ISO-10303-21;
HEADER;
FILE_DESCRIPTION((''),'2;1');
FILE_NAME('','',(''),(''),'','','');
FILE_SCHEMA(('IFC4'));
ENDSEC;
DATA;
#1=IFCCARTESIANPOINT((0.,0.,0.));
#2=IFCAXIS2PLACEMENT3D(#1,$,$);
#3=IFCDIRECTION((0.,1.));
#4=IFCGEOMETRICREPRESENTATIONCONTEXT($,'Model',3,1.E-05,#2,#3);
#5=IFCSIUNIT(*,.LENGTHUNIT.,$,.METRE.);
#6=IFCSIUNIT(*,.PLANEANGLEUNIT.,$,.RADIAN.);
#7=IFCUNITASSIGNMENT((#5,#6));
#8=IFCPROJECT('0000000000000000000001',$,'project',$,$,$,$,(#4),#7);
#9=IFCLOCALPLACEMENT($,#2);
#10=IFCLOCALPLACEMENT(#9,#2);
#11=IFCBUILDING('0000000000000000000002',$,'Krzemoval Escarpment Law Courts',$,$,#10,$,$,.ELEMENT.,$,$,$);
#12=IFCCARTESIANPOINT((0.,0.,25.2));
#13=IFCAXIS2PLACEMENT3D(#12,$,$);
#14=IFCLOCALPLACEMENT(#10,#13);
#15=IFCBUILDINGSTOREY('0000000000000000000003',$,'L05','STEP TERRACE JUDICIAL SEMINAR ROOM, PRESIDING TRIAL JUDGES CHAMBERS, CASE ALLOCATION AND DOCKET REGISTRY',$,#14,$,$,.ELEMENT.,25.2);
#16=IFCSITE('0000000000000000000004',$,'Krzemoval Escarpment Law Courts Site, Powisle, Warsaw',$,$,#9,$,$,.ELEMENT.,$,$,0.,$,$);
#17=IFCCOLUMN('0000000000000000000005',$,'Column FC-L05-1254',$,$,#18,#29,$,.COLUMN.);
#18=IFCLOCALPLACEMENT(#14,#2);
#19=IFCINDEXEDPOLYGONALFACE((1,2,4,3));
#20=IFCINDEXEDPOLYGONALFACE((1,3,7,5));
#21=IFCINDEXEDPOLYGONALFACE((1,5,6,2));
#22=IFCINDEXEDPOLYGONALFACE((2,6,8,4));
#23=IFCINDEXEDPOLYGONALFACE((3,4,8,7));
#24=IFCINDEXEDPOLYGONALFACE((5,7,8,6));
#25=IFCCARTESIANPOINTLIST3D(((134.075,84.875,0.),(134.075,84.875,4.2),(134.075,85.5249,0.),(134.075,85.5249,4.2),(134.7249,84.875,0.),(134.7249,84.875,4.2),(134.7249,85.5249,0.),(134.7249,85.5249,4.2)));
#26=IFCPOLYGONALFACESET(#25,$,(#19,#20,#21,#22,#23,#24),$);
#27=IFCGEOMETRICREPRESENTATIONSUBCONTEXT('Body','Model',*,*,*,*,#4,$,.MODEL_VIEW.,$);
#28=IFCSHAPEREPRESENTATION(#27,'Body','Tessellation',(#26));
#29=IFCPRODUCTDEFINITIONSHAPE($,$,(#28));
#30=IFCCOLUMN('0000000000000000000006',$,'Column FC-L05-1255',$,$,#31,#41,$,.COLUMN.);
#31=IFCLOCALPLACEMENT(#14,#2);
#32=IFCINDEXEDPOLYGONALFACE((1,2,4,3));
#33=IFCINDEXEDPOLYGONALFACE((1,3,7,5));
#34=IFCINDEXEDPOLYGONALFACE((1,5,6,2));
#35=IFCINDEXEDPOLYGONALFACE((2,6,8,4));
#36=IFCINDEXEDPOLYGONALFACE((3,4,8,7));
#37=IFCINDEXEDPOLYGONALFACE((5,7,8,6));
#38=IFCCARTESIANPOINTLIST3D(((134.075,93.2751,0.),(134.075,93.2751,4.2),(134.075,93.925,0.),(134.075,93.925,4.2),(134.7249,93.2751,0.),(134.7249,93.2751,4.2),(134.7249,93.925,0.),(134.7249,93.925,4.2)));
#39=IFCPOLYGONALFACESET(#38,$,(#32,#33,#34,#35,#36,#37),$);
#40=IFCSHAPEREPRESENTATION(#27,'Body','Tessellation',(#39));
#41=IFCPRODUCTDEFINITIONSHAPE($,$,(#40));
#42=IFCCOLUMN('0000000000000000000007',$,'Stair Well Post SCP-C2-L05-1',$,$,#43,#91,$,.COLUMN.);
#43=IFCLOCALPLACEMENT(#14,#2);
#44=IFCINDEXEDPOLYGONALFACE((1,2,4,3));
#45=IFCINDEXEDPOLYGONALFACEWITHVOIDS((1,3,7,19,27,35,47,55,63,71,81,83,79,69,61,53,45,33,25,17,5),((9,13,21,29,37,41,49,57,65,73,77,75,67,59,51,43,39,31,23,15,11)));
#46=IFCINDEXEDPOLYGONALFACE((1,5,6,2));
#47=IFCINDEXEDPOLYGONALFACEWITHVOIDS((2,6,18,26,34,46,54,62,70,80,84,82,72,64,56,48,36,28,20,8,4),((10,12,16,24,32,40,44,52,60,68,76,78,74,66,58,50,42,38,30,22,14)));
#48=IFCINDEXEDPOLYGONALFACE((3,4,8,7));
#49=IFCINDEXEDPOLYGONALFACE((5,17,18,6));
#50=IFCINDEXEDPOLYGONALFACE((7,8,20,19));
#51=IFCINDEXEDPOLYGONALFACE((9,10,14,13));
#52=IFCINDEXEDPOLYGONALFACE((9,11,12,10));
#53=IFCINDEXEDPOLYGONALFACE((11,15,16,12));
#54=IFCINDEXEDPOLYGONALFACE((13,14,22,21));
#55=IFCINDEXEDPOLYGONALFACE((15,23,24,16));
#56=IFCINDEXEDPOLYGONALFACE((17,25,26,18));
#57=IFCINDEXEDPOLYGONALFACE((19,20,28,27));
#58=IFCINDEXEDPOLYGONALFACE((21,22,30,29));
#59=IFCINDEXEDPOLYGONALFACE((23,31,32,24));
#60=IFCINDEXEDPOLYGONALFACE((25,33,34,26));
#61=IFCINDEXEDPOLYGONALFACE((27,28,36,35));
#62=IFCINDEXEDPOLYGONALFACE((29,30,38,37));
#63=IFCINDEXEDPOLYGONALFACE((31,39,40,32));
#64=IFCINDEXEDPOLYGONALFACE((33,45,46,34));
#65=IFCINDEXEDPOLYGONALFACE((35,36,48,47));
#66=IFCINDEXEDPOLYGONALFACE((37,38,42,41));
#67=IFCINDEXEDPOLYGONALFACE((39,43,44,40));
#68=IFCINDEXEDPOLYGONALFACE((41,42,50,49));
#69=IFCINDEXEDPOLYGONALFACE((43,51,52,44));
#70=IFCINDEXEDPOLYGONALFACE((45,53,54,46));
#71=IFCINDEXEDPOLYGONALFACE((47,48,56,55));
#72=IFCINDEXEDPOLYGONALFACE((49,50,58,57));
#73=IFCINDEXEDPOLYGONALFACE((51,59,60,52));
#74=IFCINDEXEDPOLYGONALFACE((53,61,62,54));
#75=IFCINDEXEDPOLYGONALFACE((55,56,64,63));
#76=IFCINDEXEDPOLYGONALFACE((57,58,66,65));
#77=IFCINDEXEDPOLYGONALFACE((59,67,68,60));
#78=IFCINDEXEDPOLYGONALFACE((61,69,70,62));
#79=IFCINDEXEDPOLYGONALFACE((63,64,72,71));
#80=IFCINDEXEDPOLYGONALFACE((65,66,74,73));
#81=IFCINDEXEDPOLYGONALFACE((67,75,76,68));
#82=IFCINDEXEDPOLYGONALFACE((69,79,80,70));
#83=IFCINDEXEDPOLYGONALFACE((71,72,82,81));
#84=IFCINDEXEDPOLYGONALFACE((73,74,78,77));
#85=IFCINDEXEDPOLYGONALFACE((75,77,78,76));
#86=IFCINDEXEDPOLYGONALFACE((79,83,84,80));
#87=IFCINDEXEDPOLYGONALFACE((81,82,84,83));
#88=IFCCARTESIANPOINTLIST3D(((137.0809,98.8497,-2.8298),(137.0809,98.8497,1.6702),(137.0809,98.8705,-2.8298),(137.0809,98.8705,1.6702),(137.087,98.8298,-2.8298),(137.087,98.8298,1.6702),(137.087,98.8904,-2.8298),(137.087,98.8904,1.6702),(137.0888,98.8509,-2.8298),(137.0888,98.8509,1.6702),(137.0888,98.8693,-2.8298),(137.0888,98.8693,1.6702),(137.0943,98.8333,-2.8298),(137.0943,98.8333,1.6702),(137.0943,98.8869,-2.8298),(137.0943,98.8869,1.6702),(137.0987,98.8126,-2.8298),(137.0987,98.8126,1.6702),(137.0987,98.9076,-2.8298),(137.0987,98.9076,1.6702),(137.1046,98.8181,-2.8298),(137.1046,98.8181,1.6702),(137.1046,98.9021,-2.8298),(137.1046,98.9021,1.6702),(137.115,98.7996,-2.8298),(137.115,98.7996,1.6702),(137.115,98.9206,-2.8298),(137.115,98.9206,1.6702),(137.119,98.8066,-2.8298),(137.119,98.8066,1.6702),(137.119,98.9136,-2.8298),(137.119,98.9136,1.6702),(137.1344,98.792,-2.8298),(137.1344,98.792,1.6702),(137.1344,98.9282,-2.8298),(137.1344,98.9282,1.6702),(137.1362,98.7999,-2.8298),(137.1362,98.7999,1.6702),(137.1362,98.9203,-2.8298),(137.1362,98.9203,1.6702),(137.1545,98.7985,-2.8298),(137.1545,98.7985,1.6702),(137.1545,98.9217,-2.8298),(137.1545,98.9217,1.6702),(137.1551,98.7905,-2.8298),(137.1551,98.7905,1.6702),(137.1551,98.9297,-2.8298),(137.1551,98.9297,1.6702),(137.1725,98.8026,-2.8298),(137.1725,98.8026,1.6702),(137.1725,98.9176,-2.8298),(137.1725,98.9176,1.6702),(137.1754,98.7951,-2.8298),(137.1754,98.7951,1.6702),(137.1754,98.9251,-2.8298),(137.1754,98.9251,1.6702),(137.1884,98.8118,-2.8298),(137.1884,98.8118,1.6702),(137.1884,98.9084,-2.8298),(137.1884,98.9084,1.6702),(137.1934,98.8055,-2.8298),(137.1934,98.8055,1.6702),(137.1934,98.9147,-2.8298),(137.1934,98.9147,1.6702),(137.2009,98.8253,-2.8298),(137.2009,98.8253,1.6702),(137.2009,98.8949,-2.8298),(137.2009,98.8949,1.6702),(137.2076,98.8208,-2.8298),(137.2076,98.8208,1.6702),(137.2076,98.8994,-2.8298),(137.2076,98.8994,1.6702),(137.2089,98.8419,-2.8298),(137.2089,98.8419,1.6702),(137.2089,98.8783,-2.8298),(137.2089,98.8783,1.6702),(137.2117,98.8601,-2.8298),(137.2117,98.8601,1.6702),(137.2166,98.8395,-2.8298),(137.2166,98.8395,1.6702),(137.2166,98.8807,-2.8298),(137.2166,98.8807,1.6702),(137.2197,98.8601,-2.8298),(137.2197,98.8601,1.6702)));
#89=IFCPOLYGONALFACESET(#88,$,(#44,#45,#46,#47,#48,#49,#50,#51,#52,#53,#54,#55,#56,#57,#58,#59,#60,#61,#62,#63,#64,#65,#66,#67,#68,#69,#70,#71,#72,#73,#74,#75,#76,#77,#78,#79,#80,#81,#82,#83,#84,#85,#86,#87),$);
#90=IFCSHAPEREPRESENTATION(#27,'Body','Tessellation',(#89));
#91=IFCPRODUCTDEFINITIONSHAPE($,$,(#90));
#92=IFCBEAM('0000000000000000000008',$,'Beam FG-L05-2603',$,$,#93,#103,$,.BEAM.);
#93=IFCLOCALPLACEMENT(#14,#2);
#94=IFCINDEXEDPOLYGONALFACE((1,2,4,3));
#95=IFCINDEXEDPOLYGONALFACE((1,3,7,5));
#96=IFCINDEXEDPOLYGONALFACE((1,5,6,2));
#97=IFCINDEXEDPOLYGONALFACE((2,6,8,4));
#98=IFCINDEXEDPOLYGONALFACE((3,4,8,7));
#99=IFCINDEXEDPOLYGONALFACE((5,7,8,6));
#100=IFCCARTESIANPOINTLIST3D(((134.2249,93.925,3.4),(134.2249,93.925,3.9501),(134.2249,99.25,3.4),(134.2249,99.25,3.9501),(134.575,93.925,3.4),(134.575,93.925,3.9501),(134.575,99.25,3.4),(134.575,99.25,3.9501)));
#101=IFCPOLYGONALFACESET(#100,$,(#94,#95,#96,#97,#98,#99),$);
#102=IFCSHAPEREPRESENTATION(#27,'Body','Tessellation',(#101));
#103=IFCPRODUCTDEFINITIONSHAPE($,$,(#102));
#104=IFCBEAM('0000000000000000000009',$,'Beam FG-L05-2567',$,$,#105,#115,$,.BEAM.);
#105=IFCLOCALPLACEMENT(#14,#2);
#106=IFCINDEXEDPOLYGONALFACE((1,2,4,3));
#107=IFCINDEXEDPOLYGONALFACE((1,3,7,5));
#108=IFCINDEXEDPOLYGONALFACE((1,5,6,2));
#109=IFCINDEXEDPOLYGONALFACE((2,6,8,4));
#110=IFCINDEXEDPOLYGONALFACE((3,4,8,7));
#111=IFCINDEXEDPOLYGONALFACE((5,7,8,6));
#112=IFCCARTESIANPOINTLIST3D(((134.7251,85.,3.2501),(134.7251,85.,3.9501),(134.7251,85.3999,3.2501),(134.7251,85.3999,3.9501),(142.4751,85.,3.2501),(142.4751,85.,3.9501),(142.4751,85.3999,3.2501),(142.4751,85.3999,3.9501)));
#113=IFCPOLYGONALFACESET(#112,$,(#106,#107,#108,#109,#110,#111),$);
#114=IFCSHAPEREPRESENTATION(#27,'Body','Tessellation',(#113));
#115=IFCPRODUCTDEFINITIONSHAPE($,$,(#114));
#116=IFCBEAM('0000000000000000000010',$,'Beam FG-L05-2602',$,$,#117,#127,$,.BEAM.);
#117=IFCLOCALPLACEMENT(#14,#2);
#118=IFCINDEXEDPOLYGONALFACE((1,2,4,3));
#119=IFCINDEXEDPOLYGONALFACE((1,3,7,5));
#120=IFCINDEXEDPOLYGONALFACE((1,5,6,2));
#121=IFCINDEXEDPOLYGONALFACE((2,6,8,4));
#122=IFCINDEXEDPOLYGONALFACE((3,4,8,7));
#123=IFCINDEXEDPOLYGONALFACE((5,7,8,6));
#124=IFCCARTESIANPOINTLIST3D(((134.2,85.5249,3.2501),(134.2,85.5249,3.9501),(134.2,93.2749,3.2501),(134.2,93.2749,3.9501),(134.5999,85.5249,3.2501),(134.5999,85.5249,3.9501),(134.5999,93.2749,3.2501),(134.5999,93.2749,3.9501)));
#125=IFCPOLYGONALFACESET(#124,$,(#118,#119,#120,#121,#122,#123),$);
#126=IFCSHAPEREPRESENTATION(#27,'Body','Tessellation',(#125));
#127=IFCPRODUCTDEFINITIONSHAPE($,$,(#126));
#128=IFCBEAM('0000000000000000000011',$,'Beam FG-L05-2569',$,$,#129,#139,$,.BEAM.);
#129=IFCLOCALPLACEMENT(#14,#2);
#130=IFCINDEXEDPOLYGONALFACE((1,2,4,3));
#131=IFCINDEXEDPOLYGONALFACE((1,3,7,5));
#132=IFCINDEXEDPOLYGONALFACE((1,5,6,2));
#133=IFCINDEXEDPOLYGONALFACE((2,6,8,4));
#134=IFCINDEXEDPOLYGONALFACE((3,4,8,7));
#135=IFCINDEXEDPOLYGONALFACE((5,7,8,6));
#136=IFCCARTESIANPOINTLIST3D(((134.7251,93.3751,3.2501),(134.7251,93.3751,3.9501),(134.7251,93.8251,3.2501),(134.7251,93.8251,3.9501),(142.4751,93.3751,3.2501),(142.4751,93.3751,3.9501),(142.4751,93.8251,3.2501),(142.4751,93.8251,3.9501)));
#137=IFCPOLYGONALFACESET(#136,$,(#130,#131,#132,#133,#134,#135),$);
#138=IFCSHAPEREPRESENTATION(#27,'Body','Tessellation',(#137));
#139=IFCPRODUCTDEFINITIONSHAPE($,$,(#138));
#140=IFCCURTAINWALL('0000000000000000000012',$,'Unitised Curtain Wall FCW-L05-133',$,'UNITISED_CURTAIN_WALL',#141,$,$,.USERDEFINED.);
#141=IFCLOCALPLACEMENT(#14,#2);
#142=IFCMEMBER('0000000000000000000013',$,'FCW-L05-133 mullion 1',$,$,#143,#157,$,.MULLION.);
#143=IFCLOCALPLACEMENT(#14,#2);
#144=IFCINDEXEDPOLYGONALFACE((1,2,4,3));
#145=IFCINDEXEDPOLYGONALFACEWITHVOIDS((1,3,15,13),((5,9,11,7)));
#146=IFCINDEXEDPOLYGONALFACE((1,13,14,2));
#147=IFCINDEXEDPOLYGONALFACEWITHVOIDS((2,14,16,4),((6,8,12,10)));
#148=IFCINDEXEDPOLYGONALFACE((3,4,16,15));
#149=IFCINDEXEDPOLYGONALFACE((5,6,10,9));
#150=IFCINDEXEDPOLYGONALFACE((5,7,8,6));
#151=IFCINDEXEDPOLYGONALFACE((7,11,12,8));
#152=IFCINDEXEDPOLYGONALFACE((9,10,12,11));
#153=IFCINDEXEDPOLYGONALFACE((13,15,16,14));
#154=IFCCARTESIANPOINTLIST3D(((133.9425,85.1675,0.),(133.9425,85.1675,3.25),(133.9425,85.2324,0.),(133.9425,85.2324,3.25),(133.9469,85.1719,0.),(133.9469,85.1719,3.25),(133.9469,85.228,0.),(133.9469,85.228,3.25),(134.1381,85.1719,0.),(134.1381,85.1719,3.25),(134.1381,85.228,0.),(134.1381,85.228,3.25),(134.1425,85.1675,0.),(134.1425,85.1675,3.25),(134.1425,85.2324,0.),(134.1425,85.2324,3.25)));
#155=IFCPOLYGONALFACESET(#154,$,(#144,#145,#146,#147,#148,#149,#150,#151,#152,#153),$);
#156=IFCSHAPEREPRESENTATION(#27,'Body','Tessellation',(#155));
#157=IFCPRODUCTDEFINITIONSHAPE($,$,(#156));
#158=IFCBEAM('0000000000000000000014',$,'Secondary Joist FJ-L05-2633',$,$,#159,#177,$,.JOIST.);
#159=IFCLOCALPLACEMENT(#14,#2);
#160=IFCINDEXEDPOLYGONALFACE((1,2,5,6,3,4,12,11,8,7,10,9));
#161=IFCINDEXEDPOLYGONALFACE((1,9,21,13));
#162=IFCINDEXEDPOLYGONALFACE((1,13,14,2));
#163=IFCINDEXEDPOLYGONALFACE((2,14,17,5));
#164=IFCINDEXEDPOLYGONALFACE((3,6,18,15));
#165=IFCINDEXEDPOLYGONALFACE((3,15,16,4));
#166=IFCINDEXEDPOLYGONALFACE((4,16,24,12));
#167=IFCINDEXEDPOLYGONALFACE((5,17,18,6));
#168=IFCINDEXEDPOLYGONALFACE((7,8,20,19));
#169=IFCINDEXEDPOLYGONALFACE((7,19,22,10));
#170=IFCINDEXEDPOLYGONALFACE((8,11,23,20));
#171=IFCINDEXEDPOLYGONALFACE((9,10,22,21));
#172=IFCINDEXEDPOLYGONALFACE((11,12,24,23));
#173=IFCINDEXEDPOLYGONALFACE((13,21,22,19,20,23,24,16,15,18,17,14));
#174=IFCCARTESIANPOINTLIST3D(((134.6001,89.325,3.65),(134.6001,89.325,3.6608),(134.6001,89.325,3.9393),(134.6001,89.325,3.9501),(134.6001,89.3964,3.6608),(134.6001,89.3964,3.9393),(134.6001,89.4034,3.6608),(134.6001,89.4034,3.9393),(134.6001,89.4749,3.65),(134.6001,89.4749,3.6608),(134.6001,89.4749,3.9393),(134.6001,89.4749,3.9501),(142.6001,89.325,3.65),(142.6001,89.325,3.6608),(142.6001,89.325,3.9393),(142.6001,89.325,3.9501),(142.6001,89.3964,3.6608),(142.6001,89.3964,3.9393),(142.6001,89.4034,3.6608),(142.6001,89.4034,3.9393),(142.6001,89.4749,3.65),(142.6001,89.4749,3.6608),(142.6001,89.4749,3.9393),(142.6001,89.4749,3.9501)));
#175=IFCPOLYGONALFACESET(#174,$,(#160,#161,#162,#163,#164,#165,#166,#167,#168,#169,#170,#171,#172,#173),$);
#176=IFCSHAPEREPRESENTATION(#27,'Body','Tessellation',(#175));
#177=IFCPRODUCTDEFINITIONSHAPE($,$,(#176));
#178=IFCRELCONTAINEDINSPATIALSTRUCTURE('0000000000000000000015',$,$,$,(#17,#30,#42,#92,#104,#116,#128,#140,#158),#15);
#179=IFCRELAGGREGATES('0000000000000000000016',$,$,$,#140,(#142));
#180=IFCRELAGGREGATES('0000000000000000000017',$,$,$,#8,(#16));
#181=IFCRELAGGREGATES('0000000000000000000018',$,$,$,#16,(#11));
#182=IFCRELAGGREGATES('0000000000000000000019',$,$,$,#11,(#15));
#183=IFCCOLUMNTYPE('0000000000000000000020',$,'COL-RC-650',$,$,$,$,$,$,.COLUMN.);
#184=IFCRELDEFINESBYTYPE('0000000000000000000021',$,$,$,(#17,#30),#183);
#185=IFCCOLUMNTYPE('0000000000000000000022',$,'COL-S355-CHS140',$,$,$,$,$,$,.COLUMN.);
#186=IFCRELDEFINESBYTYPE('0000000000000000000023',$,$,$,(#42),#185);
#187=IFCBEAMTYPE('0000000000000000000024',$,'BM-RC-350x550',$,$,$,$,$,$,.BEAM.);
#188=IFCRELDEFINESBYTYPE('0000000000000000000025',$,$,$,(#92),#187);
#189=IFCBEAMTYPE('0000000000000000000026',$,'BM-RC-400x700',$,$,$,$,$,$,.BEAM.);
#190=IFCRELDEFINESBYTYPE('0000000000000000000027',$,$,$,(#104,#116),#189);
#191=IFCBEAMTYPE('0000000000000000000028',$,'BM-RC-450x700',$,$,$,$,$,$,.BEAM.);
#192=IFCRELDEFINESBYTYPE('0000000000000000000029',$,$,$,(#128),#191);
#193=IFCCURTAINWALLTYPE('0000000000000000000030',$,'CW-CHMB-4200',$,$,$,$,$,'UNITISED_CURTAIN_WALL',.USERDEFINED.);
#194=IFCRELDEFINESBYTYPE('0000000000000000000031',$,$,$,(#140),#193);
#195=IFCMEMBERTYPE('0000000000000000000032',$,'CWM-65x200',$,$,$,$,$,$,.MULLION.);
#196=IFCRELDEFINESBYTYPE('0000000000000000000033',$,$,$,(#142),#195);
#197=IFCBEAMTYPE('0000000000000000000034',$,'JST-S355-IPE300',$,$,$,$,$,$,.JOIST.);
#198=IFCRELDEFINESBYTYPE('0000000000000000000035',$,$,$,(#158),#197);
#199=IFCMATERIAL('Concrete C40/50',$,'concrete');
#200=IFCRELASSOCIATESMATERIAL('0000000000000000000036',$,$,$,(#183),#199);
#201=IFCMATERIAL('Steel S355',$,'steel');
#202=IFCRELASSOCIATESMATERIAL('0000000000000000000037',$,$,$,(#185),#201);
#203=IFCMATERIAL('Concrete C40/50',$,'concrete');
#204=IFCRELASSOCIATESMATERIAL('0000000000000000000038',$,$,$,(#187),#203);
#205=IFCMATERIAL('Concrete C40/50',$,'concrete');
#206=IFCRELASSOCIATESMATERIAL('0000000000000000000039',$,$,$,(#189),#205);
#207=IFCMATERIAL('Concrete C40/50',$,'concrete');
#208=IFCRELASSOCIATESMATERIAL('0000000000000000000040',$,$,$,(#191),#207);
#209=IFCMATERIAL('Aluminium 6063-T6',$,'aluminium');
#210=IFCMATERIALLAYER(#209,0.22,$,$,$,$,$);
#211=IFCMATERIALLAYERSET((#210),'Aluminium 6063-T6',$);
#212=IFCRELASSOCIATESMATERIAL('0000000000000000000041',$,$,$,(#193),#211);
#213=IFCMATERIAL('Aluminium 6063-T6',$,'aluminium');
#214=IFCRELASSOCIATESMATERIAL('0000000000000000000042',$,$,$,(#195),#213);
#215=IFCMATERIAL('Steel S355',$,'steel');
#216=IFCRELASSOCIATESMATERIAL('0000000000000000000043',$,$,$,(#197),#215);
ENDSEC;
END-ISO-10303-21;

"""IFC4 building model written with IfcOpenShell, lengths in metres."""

from ifc_helpers import new_model, si_unit, direction, frame, origin, origin_2d, place, context, subcontext, project, spatial, rectangle, hollow_rectangle, hollow_circle, i_section, extrude, material, layer, layer_set, material_profile, profile_set, type_object, element, aggregate, save


model = new_model("IFC4")

# Units and contexts
model_context = context("Model", 3, precision=1e-05, world=origin(), true_north=direction((0.0, 1.0)))
body_context = subcontext(model_context, "Body", "Model", "MODEL_VIEW")
ifc_project = project(units=[si_unit("LENGTHUNIT", "METRE"), si_unit("PLANEANGLEUNIT", "RADIAN")], contexts=[model_context])

# Site, building, storey
site_placement = place(None, origin())
site = spatial("IfcSite", under=ifc_project, at=site_placement, Name="Krzemoval Escarpment Law Courts Site, Powisle, Warsaw", CompositionType="ELEMENT", RefElevation=0.0)
building_placement = place(site_placement, origin())
building = spatial("IfcBuilding", under=site, at=building_placement, Name="Krzemoval Escarpment Law Courts", CompositionType="ELEMENT")
storey_placement = place(building_placement, frame((0.0, 0.0, 25.2)))
storey = spatial("IfcBuildingStorey", under=building, at=storey_placement, Name="L05", Description="STEP TERRACE JUDICIAL SEMINAR ROOM, PRESIDING TRIAL JUDGES CHAMBERS, CASE ALLOCATION AND DOCKET REGISTRY", CompositionType="ELEMENT", Elevation=25.2)

# Columns
ifc_material_1 = material(Name="Concrete C40/50", Category="concrete")
ifc_material_profile_1 = material_profile(ifc_material_1, rectangle(XDim=0.6499, YDim=0.6499, at=origin_2d()), Name="RC 650x650")
ifc_profile_set_1 = profile_set([ifc_material_profile_1], Name="Concrete C40/50")
column_type_1 = type_object("IfcColumnType", Name="COL-RC-650", PredefinedType="COLUMN", material=ifc_profile_set_1)
for number, where, z_axis, x_axis, name in (
    (1, (134.3999, 85.2, 0.0), (0.0, 0.0, 1.0), (1.0, 0.0, 0.0), "Column FC-L05-1254"),
    (2, (134.3999, 93.6001, 0.0), (0.0, 0.0, 1.0), (1.0, 0.0, 0.0), "Column FC-L05-1255"),
):
    element("IfcColumn", number, at=place(storey_placement, frame(where, z_axis=z_axis, x_axis=x_axis)), inside=storey, type_object=column_type_1, Name=name, PredefinedType="COLUMN", context=body_context, shape_type="SweptSolid", body=[
        extrude(rectangle(XDim=0.6499, YDim=0.6499, at=origin_2d()), origin(), (0.0, 0.0, 1.0), 4.2),
    ])
ifc_material_2 = material(Name="Steel S355", Category="steel")
ifc_material_profile_2 = material_profile(ifc_material_2, hollow_circle(Radius=0.0698, WallThickness=0.0081, at=origin_2d()), Name="CHS 139.7x8")
ifc_profile_set_2 = profile_set([ifc_material_profile_2], Name="Steel S355")
column_type_2 = type_object("IfcColumnType", Name="COL-S355-CHS140", PredefinedType="COLUMN", material=ifc_profile_set_2)
column_placement = place(storey_placement, frame((137.1499, 98.8601, -2.8298), z_axis=(0.0, 0.0, 1.0), x_axis=(1.0, 0.0, 0.0)))
element("IfcColumn", 3, at=column_placement, inside=storey, type_object=column_type_2, Name="Stair Well Post SCP-C2-L05-1", PredefinedType="COLUMN", context=body_context, shape_type="SweptSolid", body=[
    extrude(hollow_circle(Radius=0.0698, WallThickness=0.0081, at=origin_2d()), origin(), (0.0, 0.0, 1.0), 4.5),
])

# Beams
ifc_material_3 = material(Name="Concrete C40/50", Category="concrete")
ifc_material_profile_3 = material_profile(ifc_material_3, rectangle(XDim=0.3501, YDim=0.55, at=origin_2d()), Name="RCB 350x550")
ifc_profile_set_3 = profile_set([ifc_material_profile_3], Name="Concrete C40/50")
beam_type_1 = type_object("IfcBeamType", Name="BM-RC-350x550", PredefinedType="BEAM", material=ifc_profile_set_3)
beam_1_placement = place(storey_placement, frame((134.3999, 93.925, 3.675), z_axis=(0.0, 1.0, 0.0), x_axis=(-1.0, 0.0, 0.0)))
element("IfcBeam", 4, at=beam_1_placement, inside=storey, type_object=beam_type_1, Name="Beam FG-L05-2603", PredefinedType="BEAM", context=body_context, shape_type="SweptSolid", body=[
    extrude(rectangle(XDim=0.3501, YDim=0.55, at=origin_2d()), origin(), (0.0, 0.0, 1.0), 5.325),
])
ifc_material_4 = material(Name="Concrete C40/50", Category="concrete")
ifc_material_profile_4 = material_profile(ifc_material_4, rectangle(XDim=0.3999, YDim=0.7, at=origin_2d()), Name="RCB 400x700")
ifc_profile_set_4 = profile_set([ifc_material_profile_4], Name="Concrete C40/50")
beam_type_2 = type_object("IfcBeamType", Name="BM-RC-400x700", PredefinedType="BEAM", material=ifc_profile_set_4)
for number, where, z_axis, x_axis, name in (
    (5, (134.7251, 85.2, 3.6001), (1.0, 0.0, 0.0), (0.0, 1.0, 0.0), "Beam FG-L05-2567"),
    (6, (134.3999, 85.5249, 3.6001), (0.0, 1.0, 0.0), (-1.0, 0.0, 0.0), "Beam FG-L05-2602"),
):
    element("IfcBeam", number, at=place(storey_placement, frame(where, z_axis=z_axis, x_axis=x_axis)), inside=storey, type_object=beam_type_2, Name=name, PredefinedType="BEAM", context=body_context, shape_type="SweptSolid", body=[
        extrude(rectangle(XDim=0.3999, YDim=0.7, at=origin_2d()), origin(), (0.0, 0.0, 1.0), 7.75),
    ])
ifc_material_5 = material(Name="Concrete C40/50", Category="concrete")
ifc_material_profile_5 = material_profile(ifc_material_5, rectangle(XDim=0.45, YDim=0.7, at=origin_2d()), Name="RCB 450x700")
ifc_profile_set_5 = profile_set([ifc_material_profile_5], Name="Concrete C40/50")
beam_type_3 = type_object("IfcBeamType", Name="BM-RC-450x700", PredefinedType="BEAM", material=ifc_profile_set_5)
beam_2_placement = place(storey_placement, frame((134.7251, 93.6001, 3.6001), z_axis=(1.0, 0.0, 0.0), x_axis=(0.0, 1.0, 0.0)))
element("IfcBeam", 7, at=beam_2_placement, inside=storey, type_object=beam_type_3, Name="Beam FG-L05-2569", PredefinedType="BEAM", context=body_context, shape_type="SweptSolid", body=[
    extrude(rectangle(XDim=0.45, YDim=0.7, at=origin_2d()), origin(), (0.0, 0.0, 1.0), 7.75),
])

# Curtain wall, member
ifc_material_6 = material(Name="Aluminium 6063-T6", Category="aluminium")
ifc_layer_1 = layer(ifc_material_6, 0.22)
ifc_layer_set_1 = layer_set([ifc_layer_1], Name="Aluminium 6063-T6")
curtain_wall_type = type_object("IfcCurtainWallType", Name="CW-CHMB-4200", ElementType="UNITISED_CURTAIN_WALL", PredefinedType="USERDEFINED", material=ifc_layer_set_1)
curtain_wall_placement = place(storey_placement, origin())
curtain_wall = element("IfcCurtainWall", 8, at=curtain_wall_placement, inside=storey, type_object=curtain_wall_type, Name="Unitised Curtain Wall FCW-L05-133", ObjectType="UNITISED_CURTAIN_WALL", PredefinedType="USERDEFINED")
ifc_material_7 = material(Name="Aluminium 6063-T6", Category="aluminium")
ifc_material_profile_6 = material_profile(ifc_material_7, hollow_rectangle(XDim=0.0649, YDim=0.2, WallThickness=0.0044, at=origin_2d()), Name="ALU M65x200")
ifc_profile_set_6 = profile_set([ifc_material_profile_6], Name="Aluminium 6063-T6")
member_type = type_object("IfcMemberType", Name="CWM-65x200", PredefinedType="MULLION", material=ifc_profile_set_6)
member_placement = place(storey_placement, frame((134.0425, 85.2, 0.0), z_axis=(0.0, 0.0, 1.0), x_axis=(0.0, -1.0, 0.0)))
member = element("IfcMember", 9, at=member_placement, type_object=member_type, Name="FCW-L05-133 mullion 1", PredefinedType="MULLION", context=body_context, shape_type="SweptSolid", body=[
    extrude(hollow_rectangle(XDim=0.0649, YDim=0.2, WallThickness=0.0044, at=origin_2d()), origin(), (0.0, 0.0, 1.0), 3.25),
])
aggregate(curtain_wall, [member])

# Beam
ifc_material_8 = material(Name="Steel S355", Category="steel")
ifc_material_profile_7 = material_profile(ifc_material_8, i_section(OverallWidth=0.1499, OverallDepth=0.3, WebThickness=0.0071, FlangeThickness=0.0107, at=origin_2d()), Name="IPE 300")
ifc_profile_set_7 = profile_set([ifc_material_profile_7], Name="Steel S355")
beam_type_4 = type_object("IfcBeamType", Name="JST-S355-IPE300", PredefinedType="JOIST", material=ifc_profile_set_7)
beam_3_placement = place(storey_placement, frame((134.6001, 89.3999, 3.8), z_axis=(1.0, 0.0, 0.0), x_axis=(0.0, 1.0, 0.0)))
element("IfcBeam", 10, at=beam_3_placement, inside=storey, type_object=beam_type_4, Name="Secondary Joist FJ-L05-2633", PredefinedType="JOIST", context=body_context, shape_type="SweptSolid", body=[
    extrude(i_section(OverallWidth=0.1499, OverallDepth=0.3, WebThickness=0.0071, FlangeThickness=0.0107, at=origin_2d()), origin(), (0.0, 0.0, 1.0), 8.0),
])

save(model, "model.ifc")
